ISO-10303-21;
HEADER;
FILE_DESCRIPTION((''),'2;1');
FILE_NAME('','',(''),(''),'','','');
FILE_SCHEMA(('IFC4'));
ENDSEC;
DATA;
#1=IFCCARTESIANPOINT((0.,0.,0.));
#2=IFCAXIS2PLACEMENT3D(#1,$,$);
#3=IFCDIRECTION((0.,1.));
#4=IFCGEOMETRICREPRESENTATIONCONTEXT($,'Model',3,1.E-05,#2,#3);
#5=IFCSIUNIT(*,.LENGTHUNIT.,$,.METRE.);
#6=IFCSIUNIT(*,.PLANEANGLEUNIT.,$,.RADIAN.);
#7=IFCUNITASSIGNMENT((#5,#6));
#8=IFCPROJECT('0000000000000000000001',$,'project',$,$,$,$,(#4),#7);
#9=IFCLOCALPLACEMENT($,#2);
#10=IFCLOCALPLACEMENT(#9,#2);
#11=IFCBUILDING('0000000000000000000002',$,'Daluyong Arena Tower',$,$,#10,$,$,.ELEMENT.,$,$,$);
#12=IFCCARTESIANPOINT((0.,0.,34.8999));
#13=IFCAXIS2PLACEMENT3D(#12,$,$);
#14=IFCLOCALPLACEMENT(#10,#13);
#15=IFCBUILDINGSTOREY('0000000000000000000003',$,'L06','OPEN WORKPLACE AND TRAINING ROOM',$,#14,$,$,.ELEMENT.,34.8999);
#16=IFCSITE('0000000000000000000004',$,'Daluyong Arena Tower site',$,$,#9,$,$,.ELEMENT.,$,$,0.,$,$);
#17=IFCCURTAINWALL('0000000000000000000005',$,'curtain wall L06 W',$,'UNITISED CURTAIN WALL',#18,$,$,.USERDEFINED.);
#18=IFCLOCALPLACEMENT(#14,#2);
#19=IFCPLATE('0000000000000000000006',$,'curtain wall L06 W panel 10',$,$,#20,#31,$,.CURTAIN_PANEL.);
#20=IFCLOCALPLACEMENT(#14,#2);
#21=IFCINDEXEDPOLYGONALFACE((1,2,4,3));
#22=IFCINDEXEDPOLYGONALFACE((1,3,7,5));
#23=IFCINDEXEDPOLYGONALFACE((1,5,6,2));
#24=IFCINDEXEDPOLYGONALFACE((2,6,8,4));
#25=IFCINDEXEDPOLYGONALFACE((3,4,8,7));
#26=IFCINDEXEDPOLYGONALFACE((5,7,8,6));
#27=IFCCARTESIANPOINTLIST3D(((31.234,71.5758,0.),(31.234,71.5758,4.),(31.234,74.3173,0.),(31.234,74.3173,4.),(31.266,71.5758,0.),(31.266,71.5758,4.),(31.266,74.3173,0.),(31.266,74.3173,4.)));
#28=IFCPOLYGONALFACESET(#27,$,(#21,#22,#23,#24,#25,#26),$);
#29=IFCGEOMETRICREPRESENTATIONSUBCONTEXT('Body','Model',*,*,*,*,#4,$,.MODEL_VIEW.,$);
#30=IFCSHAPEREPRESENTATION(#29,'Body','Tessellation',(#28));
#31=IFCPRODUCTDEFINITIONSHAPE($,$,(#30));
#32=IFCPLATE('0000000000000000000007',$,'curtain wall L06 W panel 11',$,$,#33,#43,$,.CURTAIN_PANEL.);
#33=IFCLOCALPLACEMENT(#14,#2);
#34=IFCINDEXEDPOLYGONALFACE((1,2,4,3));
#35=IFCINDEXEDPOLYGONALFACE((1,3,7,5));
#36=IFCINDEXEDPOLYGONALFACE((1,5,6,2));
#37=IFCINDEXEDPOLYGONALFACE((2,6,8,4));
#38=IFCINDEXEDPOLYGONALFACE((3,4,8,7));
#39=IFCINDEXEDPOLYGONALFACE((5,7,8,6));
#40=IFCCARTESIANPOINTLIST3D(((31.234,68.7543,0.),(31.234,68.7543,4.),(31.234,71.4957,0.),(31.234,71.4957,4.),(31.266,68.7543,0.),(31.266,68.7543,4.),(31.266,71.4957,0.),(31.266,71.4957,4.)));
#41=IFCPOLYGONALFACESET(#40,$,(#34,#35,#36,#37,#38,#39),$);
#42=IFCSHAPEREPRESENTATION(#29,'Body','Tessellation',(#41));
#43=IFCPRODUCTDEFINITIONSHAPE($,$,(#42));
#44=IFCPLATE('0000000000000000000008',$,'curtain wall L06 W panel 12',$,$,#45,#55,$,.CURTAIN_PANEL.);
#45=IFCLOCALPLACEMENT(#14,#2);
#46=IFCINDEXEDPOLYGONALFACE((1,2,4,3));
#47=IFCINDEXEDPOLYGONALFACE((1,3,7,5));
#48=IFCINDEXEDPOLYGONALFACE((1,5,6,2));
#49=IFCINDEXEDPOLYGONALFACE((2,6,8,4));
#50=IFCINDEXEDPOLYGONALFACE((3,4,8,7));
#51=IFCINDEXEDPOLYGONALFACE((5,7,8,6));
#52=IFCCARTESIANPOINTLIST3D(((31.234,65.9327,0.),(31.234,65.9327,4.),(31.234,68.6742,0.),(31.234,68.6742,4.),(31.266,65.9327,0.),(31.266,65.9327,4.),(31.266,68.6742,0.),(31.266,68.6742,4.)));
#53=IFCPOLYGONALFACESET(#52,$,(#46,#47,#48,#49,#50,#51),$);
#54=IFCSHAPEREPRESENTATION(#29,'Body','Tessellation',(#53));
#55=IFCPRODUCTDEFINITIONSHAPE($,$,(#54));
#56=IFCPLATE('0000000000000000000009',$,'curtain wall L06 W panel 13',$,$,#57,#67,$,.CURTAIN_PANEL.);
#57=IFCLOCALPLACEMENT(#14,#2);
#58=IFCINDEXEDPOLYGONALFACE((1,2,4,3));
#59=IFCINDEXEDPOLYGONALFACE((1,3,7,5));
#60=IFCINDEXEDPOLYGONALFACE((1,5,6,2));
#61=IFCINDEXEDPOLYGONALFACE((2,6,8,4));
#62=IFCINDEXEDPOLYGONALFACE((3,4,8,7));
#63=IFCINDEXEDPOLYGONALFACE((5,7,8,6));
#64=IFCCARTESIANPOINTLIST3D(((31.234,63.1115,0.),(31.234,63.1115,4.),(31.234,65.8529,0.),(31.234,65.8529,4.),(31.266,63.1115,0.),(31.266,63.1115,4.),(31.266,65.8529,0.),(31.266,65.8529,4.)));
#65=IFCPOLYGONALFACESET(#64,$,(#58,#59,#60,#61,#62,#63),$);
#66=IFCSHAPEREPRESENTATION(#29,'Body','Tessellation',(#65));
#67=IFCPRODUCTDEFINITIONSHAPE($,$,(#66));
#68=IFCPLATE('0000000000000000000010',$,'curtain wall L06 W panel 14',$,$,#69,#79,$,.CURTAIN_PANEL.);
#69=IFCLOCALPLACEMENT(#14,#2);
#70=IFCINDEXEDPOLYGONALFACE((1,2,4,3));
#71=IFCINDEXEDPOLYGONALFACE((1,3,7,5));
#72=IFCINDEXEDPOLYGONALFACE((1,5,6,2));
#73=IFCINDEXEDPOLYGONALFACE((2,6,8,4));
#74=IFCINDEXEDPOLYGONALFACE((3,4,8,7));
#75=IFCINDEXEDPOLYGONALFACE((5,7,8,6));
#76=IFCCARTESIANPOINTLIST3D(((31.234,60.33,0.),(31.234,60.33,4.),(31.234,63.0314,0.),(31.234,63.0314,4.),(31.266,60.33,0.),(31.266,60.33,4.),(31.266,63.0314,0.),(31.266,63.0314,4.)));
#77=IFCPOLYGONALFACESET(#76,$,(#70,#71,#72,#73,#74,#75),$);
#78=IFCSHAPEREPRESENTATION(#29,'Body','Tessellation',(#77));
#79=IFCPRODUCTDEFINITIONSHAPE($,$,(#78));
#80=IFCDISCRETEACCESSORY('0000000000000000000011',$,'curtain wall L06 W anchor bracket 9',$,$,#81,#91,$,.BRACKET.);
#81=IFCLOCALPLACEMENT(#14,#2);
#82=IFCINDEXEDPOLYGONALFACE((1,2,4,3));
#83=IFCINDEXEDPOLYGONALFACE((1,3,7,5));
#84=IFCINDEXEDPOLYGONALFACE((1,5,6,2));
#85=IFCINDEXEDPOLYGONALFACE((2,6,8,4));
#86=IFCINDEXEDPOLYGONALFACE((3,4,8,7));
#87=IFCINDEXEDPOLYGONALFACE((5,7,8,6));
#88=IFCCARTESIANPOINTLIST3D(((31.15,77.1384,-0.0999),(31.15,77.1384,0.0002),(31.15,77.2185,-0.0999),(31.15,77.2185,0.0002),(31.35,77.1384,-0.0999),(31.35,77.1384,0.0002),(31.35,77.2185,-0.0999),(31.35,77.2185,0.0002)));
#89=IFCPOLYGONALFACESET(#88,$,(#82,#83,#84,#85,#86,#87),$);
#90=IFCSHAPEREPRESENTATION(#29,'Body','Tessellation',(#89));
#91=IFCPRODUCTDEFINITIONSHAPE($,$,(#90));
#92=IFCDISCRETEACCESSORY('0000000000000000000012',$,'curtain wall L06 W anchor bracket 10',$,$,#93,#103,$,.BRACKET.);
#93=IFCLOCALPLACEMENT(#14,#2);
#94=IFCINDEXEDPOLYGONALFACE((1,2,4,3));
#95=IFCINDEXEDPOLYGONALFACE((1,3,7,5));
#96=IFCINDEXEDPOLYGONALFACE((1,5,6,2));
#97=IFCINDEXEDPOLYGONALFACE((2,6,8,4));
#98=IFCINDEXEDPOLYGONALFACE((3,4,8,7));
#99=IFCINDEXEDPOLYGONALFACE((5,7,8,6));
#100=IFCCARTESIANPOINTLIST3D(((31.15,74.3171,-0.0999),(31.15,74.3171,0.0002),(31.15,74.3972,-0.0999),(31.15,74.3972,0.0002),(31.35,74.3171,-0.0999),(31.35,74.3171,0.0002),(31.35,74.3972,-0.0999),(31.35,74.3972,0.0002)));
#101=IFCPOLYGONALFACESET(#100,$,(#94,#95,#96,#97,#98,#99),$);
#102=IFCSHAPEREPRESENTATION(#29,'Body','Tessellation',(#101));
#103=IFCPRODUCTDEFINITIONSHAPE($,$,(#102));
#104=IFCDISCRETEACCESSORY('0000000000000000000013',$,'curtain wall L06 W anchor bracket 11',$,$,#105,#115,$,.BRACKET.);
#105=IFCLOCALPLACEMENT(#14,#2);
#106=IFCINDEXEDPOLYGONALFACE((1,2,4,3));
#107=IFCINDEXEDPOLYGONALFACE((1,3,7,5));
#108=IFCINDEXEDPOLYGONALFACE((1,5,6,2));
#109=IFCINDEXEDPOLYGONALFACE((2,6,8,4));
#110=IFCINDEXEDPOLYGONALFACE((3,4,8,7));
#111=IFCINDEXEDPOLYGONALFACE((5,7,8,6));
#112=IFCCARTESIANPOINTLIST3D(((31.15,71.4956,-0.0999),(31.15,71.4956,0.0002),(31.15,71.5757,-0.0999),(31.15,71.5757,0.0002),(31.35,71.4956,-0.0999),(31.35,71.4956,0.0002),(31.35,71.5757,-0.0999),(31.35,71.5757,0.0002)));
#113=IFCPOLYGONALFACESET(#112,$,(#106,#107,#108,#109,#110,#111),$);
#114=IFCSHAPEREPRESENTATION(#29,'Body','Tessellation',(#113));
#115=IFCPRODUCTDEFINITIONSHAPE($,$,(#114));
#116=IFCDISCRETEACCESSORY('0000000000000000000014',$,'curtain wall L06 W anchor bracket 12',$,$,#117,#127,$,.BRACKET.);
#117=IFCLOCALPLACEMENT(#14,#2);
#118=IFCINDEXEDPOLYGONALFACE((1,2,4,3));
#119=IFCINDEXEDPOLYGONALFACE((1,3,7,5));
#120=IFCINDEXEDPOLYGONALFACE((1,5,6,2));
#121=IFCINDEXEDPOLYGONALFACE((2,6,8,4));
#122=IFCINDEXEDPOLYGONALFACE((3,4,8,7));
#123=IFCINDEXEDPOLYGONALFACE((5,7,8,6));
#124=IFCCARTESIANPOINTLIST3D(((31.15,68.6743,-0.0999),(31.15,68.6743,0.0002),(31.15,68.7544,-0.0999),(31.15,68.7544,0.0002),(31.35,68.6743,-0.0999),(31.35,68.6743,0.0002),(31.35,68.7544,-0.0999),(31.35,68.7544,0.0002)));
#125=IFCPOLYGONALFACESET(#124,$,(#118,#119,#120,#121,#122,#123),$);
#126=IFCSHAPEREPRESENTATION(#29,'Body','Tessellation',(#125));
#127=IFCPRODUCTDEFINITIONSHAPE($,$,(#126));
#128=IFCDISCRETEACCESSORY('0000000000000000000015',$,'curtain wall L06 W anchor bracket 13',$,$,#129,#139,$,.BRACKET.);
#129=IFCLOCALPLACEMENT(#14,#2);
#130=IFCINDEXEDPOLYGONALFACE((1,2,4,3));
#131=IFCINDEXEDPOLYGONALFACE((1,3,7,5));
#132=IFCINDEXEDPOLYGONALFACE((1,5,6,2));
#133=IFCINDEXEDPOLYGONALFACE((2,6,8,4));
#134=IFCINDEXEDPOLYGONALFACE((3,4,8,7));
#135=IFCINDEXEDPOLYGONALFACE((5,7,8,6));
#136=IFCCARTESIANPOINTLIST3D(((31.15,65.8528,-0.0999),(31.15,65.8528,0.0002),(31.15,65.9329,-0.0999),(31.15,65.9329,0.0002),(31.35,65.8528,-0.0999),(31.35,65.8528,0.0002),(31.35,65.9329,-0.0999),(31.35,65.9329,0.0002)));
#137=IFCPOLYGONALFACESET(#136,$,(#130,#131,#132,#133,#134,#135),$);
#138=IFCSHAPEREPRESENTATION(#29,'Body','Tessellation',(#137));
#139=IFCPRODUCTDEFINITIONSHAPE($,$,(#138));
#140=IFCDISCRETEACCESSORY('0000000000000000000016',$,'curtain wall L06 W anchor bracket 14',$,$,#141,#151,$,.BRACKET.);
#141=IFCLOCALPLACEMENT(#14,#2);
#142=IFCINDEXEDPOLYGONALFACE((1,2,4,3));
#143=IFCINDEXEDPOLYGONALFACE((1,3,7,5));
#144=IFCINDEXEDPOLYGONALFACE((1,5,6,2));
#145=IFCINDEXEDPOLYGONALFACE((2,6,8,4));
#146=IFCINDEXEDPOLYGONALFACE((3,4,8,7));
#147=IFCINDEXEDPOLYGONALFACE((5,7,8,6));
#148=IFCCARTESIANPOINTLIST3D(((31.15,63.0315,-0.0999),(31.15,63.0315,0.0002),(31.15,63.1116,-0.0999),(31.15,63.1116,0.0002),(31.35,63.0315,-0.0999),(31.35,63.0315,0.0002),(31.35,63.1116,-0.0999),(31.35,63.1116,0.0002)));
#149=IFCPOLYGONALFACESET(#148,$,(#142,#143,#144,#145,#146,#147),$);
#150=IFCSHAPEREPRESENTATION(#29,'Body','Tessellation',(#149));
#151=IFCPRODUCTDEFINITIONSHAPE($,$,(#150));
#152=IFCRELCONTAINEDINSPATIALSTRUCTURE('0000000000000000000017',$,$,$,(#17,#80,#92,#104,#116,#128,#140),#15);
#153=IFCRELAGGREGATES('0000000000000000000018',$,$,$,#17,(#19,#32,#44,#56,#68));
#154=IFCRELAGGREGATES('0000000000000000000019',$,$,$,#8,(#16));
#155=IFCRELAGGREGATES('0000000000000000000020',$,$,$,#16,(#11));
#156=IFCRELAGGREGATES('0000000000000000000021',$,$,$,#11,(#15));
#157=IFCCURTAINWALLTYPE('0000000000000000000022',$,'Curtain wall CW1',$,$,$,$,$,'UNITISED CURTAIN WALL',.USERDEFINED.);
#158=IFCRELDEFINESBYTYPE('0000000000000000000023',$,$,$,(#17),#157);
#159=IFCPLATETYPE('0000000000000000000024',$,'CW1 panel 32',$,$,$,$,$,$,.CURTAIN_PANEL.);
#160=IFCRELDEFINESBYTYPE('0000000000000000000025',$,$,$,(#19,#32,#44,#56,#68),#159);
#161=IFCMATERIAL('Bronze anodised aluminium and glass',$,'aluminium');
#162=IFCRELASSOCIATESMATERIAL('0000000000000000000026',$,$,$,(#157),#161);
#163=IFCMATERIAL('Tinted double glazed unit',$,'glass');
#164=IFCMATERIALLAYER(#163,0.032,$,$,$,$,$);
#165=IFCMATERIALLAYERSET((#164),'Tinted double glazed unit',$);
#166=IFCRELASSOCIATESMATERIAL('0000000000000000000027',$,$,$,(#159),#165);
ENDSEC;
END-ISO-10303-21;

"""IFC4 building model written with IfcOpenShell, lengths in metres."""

from ifc_helpers import new_model, si_unit, direction, frame, origin, origin_2d, place, context, subcontext, project, spatial, rectangle, extrude, material, layer, layer_set, type_object, element, aggregate, save


model = new_model("IFC4")

# Units and contexts
model_context = context("Model", 3, precision=1e-05, world=origin(), true_north=direction((0.0, 1.0)))
body_context = subcontext(model_context, "Body", "Model", "MODEL_VIEW")
ifc_project = project(units=[si_unit("LENGTHUNIT", "METRE"), si_unit("PLANEANGLEUNIT", "RADIAN")], contexts=[model_context])

# Site, building, storey
site_placement = place(None, origin())
site = spatial("IfcSite", under=ifc_project, at=site_placement, Name="Daluyong Arena Tower site", CompositionType="ELEMENT", RefElevation=0.0)
building_placement = place(site_placement, origin())
building = spatial("IfcBuilding", under=site, at=building_placement, Name="Daluyong Arena Tower", CompositionType="ELEMENT")
storey_placement = place(building_placement, frame((0.0, 0.0, 34.8999)))
storey = spatial("IfcBuildingStorey", under=building, at=storey_placement, Name="L06", Description="OPEN WORKPLACE AND TRAINING ROOM", CompositionType="ELEMENT", Elevation=34.8999)

# Curtain wall
ifc_material_1 = material(Name="Bronze anodised aluminium and glass", Category="aluminium")
curtain_wall_type_1 = type_object("IfcCurtainWallType", Name="Curtain wall CW1", ElementType="UNITISED CURTAIN WALL", PredefinedType="USERDEFINED", material=ifc_material_1)
curtain_wall_1_placement = place(storey_placement, origin())
curtain_wall_1 = element("IfcCurtainWall", 1, at=curtain_wall_1_placement, inside=storey, type_object=curtain_wall_type_1, Name="curtain wall L06 W", ObjectType="UNITISED CURTAIN WALL", PredefinedType="USERDEFINED")

# Plates
ifc_material_2 = material(Name="Tinted double glazed unit", Category="glass")
ifc_layer = layer(ifc_material_2, 0.032)
ifc_layer_set = layer_set([ifc_layer], Name="Tinted double glazed unit")
plate_type = type_object("IfcPlateType", Name="CW1 panel 32", PredefinedType="CURTAIN_PANEL", material=ifc_layer_set)
plate_1_placement = place(storey_placement, frame((31.25, 72.9465, 0.0), z_axis=(0.0, 0.0, 1.0), x_axis=(0.0, -1.0, 0.0)))
plate_1 = element("IfcPlate", 2, at=plate_1_placement, type_object=plate_type, Name="curtain wall L06 W panel 10", PredefinedType="CURTAIN_PANEL", context=body_context, shape_type="SweptSolid", body=[
    extrude(rectangle(XDim=2.7415, YDim=0.032, at=origin_2d()), origin(), (0.0, 0.0, 1.0), 4.0),
])
plate_2_placement = place(storey_placement, frame((31.25, 70.125, 0.0), z_axis=(0.0, 0.0, 1.0), x_axis=(0.0, -1.0, 0.0)))
plate_2 = element("IfcPlate", 3, at=plate_2_placement, type_object=plate_type, Name="curtain wall L06 W panel 11", PredefinedType="CURTAIN_PANEL", context=body_context, shape_type="SweptSolid", body=[
    extrude(rectangle(XDim=2.7415, YDim=0.032, at=origin_2d()), origin(), (0.0, 0.0, 1.0), 4.0),
])
plate_3_placement = place(storey_placement, frame((31.25, 67.3035, 0.0), z_axis=(0.0, 0.0, 1.0), x_axis=(0.0, -1.0, 0.0)))
plate_3 = element("IfcPlate", 4, at=plate_3_placement, type_object=plate_type, Name="curtain wall L06 W panel 12", PredefinedType="CURTAIN_PANEL", context=body_context, shape_type="SweptSolid", body=[
    extrude(rectangle(XDim=2.7415, YDim=0.032, at=origin_2d()), origin(), (0.0, 0.0, 1.0), 4.0),
])
plate_4_placement = place(storey_placement, frame((31.25, 64.4822, 0.0), z_axis=(0.0, 0.0, 1.0), x_axis=(0.0, -1.0, 0.0)))
plate_4 = element("IfcPlate", 5, at=plate_4_placement, type_object=plate_type, Name="curtain wall L06 W panel 13", PredefinedType="CURTAIN_PANEL", context=body_context, shape_type="SweptSolid", body=[
    extrude(rectangle(XDim=2.7415, YDim=0.032, at=origin_2d()), origin(), (0.0, 0.0, 1.0), 4.0),
])
plate_5_placement = place(storey_placement, frame((31.25, 61.6807, 0.0), z_axis=(0.0, 0.0, 1.0), x_axis=(0.0, -1.0, 0.0)))
plate_5 = element("IfcPlate", 6, at=plate_5_placement, type_object=plate_type, Name="curtain wall L06 W panel 14", PredefinedType="CURTAIN_PANEL", context=body_context, shape_type="SweptSolid", body=[
    extrude(rectangle(XDim=2.7014, YDim=0.032, at=origin_2d()), origin(), (0.0, 0.0, 1.0), 4.0),
])
aggregate(curtain_wall_1, [plate_1, plate_2, plate_3, plate_4, plate_5])

# Discrete accessories
for number, where, z_axis, x_axis, name in (
    (7, (31.25, 77.1785, -0.0999), (0.0, 0.0, 1.0), (0.0, -1.0, 0.0), "curtain wall L06 W anchor bracket 9"),
    (8, (31.25, 74.3572, -0.0999), (0.0, 0.0, 1.0), (0.0, -1.0, 0.0), "curtain wall L06 W anchor bracket 10"),
    (9, (31.25, 71.5356, -0.0999), (0.0, 0.0, 1.0), (0.0, -1.0, 0.0), "curtain wall L06 W anchor bracket 11"),
    (10, (31.25, 68.7144, -0.0999), (0.0, 0.0, 1.0), (0.0, -1.0, 0.0), "curtain wall L06 W anchor bracket 12"),
    (11, (31.25, 65.8928, -0.0999), (0.0, 0.0, 1.0), (0.0, -1.0, 0.0), "curtain wall L06 W anchor bracket 13"),
    (12, (31.25, 63.0715, -0.0999), (0.0, 0.0, 1.0), (0.0, -1.0, 0.0), "curtain wall L06 W anchor bracket 14"),
):
    element("IfcDiscreteAccessory", number, at=place(storey_placement, frame(where, z_axis=z_axis, x_axis=x_axis)), inside=storey, Name=name, PredefinedType="BRACKET", context=body_context, shape_type="SweptSolid", body=[
        extrude(rectangle(XDim=0.0801, YDim=0.2, at=origin_2d()), origin(), (0.0, 0.0, 1.0), 0.1001),
    ])

save(model, "model.ifc")
